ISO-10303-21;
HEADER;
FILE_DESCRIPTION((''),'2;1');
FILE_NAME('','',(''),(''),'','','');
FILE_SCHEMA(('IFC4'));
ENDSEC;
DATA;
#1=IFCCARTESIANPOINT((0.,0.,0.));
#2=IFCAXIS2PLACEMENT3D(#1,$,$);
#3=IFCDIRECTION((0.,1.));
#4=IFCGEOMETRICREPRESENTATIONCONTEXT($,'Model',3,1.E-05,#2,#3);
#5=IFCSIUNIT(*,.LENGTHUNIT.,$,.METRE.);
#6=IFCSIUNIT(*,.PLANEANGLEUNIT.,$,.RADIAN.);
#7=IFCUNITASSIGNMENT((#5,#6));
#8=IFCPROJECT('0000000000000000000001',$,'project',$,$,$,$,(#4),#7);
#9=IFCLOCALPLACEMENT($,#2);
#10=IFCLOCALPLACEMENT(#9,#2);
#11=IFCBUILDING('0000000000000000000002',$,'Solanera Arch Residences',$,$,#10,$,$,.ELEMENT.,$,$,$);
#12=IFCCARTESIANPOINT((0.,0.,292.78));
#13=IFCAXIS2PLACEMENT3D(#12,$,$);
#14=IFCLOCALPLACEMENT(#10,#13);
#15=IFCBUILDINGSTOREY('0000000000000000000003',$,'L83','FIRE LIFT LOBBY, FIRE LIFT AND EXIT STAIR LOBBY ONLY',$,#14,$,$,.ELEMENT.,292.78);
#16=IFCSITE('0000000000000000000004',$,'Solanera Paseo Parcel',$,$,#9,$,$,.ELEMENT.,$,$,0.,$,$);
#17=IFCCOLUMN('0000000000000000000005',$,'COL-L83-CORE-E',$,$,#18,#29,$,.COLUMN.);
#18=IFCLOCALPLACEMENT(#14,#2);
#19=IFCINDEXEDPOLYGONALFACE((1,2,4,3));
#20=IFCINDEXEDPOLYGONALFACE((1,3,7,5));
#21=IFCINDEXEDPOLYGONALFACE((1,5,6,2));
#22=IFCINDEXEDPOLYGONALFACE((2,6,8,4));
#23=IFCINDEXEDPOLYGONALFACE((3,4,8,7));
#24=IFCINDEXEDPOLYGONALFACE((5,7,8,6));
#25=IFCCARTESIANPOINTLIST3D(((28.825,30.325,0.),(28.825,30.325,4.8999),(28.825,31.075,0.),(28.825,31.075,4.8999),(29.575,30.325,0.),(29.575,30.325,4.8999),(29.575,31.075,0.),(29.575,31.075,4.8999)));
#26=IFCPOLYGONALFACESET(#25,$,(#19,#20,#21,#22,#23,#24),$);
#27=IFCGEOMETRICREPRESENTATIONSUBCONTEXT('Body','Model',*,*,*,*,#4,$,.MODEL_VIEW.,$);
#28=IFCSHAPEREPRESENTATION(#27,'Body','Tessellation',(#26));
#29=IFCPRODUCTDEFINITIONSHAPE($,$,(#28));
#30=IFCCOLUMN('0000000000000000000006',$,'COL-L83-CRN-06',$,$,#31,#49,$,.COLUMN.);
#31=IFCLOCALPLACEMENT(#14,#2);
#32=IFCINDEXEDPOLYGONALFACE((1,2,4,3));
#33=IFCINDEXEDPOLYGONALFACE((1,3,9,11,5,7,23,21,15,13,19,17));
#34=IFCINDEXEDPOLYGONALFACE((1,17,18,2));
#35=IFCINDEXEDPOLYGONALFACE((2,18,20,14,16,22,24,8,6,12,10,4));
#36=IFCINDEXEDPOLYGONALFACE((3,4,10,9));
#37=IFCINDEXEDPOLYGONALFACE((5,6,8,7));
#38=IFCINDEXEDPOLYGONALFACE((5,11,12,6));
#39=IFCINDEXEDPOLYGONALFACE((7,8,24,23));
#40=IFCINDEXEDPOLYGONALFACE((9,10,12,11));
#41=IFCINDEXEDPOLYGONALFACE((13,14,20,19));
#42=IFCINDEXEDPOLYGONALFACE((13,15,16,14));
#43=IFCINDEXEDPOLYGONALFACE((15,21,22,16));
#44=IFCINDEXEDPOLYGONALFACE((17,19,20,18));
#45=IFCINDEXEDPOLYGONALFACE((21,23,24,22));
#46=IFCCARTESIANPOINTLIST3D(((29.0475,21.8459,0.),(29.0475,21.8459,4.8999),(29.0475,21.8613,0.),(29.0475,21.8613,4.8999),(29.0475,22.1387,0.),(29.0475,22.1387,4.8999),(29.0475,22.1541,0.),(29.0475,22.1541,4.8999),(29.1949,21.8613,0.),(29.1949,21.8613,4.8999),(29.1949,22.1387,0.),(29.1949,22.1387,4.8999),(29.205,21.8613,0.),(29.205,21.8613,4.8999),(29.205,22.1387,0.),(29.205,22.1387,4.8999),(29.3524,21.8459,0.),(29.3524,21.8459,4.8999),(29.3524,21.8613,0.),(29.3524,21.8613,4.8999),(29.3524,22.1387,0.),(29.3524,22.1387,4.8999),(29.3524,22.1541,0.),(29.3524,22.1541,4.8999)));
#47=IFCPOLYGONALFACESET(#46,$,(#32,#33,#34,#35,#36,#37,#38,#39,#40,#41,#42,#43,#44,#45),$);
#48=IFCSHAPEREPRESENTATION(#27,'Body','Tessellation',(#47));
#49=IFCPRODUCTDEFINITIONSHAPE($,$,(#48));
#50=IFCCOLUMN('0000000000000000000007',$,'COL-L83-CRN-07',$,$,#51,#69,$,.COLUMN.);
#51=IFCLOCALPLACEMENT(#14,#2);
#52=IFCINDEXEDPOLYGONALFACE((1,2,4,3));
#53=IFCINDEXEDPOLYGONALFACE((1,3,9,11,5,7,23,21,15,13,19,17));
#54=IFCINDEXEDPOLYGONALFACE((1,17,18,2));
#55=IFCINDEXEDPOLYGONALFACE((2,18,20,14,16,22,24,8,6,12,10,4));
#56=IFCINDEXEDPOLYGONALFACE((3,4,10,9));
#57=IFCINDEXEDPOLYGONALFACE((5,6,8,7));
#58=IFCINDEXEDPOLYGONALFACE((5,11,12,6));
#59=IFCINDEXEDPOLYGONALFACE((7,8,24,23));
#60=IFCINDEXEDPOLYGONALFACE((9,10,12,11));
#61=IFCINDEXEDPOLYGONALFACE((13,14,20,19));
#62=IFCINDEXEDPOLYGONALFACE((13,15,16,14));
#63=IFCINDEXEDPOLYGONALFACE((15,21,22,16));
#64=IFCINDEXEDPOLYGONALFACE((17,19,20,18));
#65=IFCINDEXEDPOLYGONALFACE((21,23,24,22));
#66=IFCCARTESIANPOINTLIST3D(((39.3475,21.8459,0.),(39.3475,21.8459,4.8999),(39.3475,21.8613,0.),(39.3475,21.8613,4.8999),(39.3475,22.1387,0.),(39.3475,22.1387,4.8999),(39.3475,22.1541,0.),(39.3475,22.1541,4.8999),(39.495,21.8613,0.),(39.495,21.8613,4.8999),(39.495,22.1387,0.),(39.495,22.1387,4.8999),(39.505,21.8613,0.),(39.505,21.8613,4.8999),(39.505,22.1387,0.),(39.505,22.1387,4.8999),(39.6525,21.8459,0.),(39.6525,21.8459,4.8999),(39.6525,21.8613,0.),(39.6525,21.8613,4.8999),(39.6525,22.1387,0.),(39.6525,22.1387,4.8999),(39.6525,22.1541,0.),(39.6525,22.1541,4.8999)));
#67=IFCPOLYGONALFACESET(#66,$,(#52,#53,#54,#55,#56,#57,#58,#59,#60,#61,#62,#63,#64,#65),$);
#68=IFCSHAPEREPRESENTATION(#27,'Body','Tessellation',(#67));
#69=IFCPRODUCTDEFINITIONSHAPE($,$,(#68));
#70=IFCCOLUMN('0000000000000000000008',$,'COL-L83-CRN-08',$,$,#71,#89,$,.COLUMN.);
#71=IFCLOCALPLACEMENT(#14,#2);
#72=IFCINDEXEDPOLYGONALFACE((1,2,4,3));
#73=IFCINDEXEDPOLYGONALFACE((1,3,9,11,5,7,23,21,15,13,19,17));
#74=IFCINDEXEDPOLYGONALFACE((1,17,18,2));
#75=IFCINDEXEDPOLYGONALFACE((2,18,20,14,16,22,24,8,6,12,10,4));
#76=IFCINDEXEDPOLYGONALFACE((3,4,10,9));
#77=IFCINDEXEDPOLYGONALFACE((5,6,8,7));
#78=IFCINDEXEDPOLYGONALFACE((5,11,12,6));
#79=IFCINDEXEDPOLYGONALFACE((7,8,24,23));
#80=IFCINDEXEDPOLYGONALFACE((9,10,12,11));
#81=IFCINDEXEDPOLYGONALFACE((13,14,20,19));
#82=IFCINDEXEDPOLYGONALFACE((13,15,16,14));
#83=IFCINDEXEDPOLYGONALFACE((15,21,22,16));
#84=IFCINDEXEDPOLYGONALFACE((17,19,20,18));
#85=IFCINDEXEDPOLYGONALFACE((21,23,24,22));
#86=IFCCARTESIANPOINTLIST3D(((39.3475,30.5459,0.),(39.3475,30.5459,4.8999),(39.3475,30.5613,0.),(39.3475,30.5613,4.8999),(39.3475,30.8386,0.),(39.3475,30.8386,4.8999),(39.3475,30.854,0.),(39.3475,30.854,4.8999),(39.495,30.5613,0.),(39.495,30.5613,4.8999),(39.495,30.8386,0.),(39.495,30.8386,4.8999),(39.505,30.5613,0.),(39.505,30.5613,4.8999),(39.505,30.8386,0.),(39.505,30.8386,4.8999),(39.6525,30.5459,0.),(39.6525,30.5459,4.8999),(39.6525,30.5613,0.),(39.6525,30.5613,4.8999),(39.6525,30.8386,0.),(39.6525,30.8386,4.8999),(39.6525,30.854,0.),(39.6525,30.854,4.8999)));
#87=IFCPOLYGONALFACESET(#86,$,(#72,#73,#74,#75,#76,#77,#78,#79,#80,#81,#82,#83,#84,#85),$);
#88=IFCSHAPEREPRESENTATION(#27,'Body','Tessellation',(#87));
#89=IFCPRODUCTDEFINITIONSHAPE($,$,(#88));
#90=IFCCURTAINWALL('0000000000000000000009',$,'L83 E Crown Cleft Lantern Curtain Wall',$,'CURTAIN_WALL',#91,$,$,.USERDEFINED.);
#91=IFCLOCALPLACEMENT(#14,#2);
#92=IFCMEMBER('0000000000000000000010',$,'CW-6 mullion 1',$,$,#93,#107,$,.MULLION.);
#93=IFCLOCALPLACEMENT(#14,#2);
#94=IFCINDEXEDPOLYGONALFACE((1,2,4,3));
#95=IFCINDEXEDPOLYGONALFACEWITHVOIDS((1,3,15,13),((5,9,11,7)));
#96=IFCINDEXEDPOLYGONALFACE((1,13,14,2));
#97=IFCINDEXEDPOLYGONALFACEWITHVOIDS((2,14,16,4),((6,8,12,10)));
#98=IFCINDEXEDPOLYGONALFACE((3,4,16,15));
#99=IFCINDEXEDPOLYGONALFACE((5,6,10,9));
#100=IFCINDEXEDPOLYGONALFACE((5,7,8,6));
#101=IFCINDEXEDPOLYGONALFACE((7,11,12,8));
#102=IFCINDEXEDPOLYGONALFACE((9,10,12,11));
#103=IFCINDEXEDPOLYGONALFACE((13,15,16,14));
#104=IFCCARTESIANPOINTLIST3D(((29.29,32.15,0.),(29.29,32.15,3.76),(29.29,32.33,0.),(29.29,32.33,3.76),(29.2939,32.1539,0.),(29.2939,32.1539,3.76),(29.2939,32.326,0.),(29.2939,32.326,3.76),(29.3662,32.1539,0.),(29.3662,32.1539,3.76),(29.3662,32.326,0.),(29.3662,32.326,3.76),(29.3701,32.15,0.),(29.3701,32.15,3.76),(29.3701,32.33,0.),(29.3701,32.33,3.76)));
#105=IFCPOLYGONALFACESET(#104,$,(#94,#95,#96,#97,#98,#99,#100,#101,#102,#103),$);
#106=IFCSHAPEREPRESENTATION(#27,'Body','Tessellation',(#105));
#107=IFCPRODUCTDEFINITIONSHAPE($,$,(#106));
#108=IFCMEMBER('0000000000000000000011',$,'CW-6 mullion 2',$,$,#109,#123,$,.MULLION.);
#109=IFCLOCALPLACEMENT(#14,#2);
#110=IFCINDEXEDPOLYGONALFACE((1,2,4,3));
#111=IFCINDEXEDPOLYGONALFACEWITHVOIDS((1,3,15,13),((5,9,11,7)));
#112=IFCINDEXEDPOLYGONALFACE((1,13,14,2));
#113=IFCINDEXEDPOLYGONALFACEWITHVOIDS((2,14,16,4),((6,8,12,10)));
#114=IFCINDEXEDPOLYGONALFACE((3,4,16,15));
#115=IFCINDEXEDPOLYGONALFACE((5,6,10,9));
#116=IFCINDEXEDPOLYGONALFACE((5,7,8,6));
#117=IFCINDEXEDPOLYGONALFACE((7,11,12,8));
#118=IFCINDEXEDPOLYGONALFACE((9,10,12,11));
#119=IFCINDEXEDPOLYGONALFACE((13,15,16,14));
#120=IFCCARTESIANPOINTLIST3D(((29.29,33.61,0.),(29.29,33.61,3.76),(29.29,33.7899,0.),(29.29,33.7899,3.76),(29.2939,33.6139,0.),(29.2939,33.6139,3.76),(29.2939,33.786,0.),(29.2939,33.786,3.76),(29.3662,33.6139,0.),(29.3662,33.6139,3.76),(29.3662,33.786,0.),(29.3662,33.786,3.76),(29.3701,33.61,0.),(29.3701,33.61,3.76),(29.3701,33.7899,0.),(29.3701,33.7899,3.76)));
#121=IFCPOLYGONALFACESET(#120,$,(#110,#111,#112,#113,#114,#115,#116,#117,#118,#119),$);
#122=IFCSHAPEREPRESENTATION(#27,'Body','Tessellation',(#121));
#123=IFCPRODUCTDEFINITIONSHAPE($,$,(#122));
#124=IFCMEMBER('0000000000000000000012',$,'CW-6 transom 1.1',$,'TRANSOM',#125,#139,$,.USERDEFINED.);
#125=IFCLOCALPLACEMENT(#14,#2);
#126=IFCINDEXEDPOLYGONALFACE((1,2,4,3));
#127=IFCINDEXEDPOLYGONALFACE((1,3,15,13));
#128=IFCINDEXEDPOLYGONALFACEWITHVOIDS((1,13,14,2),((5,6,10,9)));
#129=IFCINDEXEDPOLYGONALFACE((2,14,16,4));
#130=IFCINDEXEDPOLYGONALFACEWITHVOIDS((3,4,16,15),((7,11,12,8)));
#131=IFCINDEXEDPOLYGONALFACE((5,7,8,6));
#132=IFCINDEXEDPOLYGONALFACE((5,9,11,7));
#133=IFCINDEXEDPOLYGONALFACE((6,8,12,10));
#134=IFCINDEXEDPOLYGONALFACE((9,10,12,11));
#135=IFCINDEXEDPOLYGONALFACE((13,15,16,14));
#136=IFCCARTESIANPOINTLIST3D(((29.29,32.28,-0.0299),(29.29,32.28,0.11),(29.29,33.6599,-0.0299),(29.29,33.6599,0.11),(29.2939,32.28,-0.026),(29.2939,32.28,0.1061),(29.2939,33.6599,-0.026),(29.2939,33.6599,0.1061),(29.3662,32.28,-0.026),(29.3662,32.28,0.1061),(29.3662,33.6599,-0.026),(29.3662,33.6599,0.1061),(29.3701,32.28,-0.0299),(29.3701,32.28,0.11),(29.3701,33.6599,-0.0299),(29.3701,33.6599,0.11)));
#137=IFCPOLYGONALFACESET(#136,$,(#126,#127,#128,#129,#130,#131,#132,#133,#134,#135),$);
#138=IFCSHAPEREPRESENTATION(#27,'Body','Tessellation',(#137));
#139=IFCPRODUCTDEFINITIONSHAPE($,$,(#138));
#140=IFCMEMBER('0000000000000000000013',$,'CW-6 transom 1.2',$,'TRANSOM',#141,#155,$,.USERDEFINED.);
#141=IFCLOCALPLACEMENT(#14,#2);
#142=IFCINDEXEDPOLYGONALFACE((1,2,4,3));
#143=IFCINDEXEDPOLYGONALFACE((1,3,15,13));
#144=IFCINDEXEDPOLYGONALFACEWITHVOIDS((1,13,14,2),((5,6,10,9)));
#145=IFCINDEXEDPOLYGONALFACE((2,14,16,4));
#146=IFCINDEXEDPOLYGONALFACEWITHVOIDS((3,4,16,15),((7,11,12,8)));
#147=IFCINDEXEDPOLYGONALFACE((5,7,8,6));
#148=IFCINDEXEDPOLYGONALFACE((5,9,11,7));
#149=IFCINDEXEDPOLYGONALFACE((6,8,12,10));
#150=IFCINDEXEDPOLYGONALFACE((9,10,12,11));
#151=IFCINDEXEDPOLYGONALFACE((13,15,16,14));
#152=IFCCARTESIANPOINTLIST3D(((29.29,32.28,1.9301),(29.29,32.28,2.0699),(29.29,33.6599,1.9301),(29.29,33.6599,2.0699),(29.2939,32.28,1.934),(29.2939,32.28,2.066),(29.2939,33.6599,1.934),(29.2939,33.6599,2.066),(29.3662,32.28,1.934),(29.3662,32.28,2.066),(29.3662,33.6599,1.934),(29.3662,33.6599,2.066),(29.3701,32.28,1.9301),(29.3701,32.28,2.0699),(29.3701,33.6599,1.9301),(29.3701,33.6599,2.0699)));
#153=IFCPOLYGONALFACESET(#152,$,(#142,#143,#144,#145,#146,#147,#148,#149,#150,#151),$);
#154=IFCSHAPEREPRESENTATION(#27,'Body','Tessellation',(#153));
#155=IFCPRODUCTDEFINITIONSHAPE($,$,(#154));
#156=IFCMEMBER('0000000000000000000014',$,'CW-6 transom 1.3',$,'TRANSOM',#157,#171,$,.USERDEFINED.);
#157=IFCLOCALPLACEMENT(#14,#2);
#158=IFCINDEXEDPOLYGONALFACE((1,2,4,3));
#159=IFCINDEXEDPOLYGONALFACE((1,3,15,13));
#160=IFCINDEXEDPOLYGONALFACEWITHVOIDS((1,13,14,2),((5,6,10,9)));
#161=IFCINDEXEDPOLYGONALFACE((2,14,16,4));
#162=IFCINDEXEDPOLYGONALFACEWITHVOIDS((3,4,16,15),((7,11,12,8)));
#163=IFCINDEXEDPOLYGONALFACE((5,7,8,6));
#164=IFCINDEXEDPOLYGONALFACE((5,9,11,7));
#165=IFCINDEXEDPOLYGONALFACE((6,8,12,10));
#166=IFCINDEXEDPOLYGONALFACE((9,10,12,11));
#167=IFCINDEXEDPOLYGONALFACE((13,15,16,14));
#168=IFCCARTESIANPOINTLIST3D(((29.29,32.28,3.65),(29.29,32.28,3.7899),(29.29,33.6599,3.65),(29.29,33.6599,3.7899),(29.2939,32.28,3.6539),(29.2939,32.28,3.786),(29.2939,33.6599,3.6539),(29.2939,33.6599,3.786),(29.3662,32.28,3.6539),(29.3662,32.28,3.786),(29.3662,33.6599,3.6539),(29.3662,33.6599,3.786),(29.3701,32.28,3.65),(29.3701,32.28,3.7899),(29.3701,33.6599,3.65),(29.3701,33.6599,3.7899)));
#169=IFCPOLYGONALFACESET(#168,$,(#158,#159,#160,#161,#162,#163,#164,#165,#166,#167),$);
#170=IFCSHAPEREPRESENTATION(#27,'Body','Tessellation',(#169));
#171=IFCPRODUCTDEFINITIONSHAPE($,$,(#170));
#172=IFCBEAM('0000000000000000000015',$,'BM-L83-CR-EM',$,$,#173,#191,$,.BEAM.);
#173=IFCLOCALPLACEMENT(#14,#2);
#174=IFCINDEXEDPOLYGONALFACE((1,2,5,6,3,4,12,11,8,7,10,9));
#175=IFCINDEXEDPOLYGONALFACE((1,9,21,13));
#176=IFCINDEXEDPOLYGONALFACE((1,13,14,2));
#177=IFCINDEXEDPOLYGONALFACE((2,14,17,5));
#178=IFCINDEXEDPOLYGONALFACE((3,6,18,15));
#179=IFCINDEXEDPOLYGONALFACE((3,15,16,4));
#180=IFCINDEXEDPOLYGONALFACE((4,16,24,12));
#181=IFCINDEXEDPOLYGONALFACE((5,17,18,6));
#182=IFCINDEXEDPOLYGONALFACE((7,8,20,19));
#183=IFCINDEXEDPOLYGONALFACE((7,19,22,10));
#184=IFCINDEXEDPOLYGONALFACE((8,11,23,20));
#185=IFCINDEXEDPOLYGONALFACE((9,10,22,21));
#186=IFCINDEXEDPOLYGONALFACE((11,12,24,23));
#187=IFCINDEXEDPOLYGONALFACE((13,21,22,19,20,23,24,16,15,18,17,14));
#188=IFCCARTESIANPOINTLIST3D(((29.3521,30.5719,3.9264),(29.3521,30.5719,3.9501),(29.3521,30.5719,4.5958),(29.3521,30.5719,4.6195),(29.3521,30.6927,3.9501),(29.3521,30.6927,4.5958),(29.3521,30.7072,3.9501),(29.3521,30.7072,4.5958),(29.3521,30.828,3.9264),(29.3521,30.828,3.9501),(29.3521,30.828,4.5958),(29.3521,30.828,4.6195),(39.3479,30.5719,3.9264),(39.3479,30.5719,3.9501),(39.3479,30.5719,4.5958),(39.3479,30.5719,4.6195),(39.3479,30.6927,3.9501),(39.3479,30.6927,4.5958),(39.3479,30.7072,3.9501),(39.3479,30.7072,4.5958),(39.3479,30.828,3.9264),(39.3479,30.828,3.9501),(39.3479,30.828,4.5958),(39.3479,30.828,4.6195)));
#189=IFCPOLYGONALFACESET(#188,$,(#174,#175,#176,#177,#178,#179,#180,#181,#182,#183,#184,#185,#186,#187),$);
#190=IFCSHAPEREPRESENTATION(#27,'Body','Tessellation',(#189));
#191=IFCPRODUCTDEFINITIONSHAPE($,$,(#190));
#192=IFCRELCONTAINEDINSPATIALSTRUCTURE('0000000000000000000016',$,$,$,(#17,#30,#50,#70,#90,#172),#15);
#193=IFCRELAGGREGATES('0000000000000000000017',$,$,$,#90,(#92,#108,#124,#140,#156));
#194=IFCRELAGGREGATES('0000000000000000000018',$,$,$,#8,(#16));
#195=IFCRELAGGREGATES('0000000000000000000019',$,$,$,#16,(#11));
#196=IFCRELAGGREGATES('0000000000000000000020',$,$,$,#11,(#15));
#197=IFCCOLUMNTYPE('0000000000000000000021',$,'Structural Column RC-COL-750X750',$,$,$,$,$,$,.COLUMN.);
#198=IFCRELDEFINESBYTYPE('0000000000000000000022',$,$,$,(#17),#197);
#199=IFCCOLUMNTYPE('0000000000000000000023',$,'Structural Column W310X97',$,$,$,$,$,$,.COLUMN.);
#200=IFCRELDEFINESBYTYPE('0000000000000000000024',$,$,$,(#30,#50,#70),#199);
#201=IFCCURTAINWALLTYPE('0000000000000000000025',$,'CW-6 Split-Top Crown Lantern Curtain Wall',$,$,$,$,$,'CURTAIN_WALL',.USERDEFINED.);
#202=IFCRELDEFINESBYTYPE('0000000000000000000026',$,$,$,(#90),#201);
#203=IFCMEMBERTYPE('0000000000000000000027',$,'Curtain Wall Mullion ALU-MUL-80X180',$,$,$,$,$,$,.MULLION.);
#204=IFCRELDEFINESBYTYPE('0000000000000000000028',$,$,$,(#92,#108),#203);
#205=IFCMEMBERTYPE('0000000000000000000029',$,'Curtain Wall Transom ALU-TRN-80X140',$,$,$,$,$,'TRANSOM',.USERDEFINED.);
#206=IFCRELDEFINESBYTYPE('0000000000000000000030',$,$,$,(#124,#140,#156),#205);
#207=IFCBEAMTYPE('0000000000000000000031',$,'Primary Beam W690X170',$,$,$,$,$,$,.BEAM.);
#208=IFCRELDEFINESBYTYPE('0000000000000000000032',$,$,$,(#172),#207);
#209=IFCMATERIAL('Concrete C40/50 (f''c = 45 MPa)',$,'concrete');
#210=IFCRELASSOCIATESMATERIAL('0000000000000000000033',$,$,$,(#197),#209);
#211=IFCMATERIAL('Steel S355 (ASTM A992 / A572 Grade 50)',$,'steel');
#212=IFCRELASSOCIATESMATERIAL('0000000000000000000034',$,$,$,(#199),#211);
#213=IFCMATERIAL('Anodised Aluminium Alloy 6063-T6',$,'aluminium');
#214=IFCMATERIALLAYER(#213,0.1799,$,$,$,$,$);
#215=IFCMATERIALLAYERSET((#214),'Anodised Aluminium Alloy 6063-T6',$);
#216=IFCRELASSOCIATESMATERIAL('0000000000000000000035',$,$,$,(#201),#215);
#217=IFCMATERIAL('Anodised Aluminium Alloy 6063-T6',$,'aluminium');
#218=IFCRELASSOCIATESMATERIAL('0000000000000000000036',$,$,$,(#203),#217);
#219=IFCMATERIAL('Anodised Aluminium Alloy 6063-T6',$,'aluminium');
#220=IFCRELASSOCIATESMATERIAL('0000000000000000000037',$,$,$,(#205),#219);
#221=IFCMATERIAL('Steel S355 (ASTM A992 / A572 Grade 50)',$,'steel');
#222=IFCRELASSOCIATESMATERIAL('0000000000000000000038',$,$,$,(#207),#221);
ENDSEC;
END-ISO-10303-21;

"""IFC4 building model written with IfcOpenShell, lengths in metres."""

from ifc_helpers import new_model, si_unit, direction, frame, origin, origin_2d, place, context, subcontext, project, spatial, rectangle, hollow_rectangle, i_section, extrude, material, layer, layer_set, material_profile, profile_set, type_object, element, aggregate, save


model = new_model("IFC4")

# Units and contexts
model_context = context("Model", 3, precision=1e-05, world=origin(), true_north=direction((0.0, 1.0)))
body_context = subcontext(model_context, "Body", "Model", "MODEL_VIEW")
ifc_project = project(units=[si_unit("LENGTHUNIT", "METRE"), si_unit("PLANEANGLEUNIT", "RADIAN")], contexts=[model_context])

# Site, building, storey
site_placement = place(None, origin())
site = spatial("IfcSite", under=ifc_project, at=site_placement, Name="Solanera Paseo Parcel", CompositionType="ELEMENT", RefElevation=0.0)
building_placement = place(site_placement, origin())
building = spatial("IfcBuilding", under=site, at=building_placement, Name="Solanera Arch Residences", CompositionType="ELEMENT")
storey_placement = place(building_placement, frame((0.0, 0.0, 292.78)))
storey = spatial("IfcBuildingStorey", under=building, at=storey_placement, Name="L83", Description="FIRE LIFT LOBBY, FIRE LIFT AND EXIT STAIR LOBBY ONLY", CompositionType="ELEMENT", Elevation=292.78)

# Columns
ifc_material_1 = material(Name="Concrete C40/50 (f'c = 45 MPa)", Category="concrete")
ifc_material_profile_1 = material_profile(ifc_material_1, rectangle(XDim=0.75, YDim=0.75, at=origin_2d()))
ifc_profile_set_1 = profile_set([ifc_material_profile_1], Name="Concrete C40/50 (f'c = 45 MPa)")
column_type_1 = type_object("IfcColumnType", Name="Structural Column RC-COL-750X750", PredefinedType="COLUMN", material=ifc_profile_set_1)
column_placement = place(storey_placement, frame((29.2, 30.7, 0.0), z_axis=(0.0, 0.0, 1.0), x_axis=(1.0, 0.0, 0.0)))
element("IfcColumn", 1, at=column_placement, inside=storey, type_object=column_type_1, Name="COL-L83-CORE-E", PredefinedType="COLUMN", context=body_context, shape_type="SweptSolid", body=[
    extrude(rectangle(XDim=0.75, YDim=0.75, at=origin_2d()), origin(), (0.0, 0.0, 1.0), 4.8999),
])
ifc_material_2 = material(Name="Steel S355 (ASTM A992 / A572 Grade 50)", Category="steel")
ifc_material_profile_2 = material_profile(ifc_material_2, i_section(OverallWidth=0.3049, OverallDepth=0.3081, WebThickness=0.01, FlangeThickness=0.0154, at=origin_2d()))
ifc_profile_set_2 = profile_set([ifc_material_profile_2], Name="Steel S355 (ASTM A992 / A572 Grade 50)")
column_type_2 = type_object("IfcColumnType", Name="Structural Column W310X97", PredefinedType="COLUMN", material=ifc_profile_set_2)
for number, where, z_axis, x_axis, name in (
    (2, (29.2, 22.0, 0.0), (0.0, 0.0, 1.0), (1.0, 0.0, 0.0), "COL-L83-CRN-06"),
    (3, (39.5, 22.0, 0.0), (0.0, 0.0, 1.0), (1.0, 0.0, 0.0), "COL-L83-CRN-07"),
    (4, (39.5, 30.7, 0.0), (0.0, 0.0, 1.0), (1.0, 0.0, 0.0), "COL-L83-CRN-08"),
):
    element("IfcColumn", number, at=place(storey_placement, frame(where, z_axis=z_axis, x_axis=x_axis)), inside=storey, type_object=column_type_2, Name=name, PredefinedType="COLUMN", context=body_context, shape_type="SweptSolid", body=[
        extrude(i_section(OverallWidth=0.3049, OverallDepth=0.3081, WebThickness=0.01, FlangeThickness=0.0154, at=origin_2d()), origin(), (0.0, 0.0, 1.0), 4.8999),
    ])

# Curtain wall, members
ifc_material_3 = material(Name="Anodised Aluminium Alloy 6063-T6", Category="aluminium")
ifc_layer_1 = layer(ifc_material_3, 0.1799)
ifc_layer_set_1 = layer_set([ifc_layer_1], Name="Anodised Aluminium Alloy 6063-T6")
curtain_wall_type = type_object("IfcCurtainWallType", Name="CW-6 Split-Top Crown Lantern Curtain Wall", ElementType="CURTAIN_WALL", PredefinedType="USERDEFINED", material=ifc_layer_set_1)
curtain_wall_placement = place(storey_placement, origin())
curtain_wall = element("IfcCurtainWall", 5, at=curtain_wall_placement, inside=storey, type_object=curtain_wall_type, Name="L83 E Crown Cleft Lantern Curtain Wall", ObjectType="CURTAIN_WALL", PredefinedType="USERDEFINED")
ifc_material_4 = material(Name="Anodised Aluminium Alloy 6063-T6", Category="aluminium")
ifc_material_profile_3 = material_profile(ifc_material_4, hollow_rectangle(XDim=0.0801, YDim=0.1799, WallThickness=0.0039, at=origin_2d()))
ifc_profile_set_3 = profile_set([ifc_material_profile_3], Name="Anodised Aluminium Alloy 6063-T6")
member_type_1 = type_object("IfcMemberType", Name="Curtain Wall Mullion ALU-MUL-80X180", PredefinedType="MULLION", material=ifc_profile_set_3)
member_1_placement = place(storey_placement, frame((29.3301, 32.24, 0.0), z_axis=(0.0, 0.0, 1.0), x_axis=(-1.0, 0.0, 0.0)))
member_1 = element("IfcMember", 6, at=member_1_placement, type_object=member_type_1, Name="CW-6 mullion 1", PredefinedType="MULLION", context=body_context, shape_type="SweptSolid", body=[
    extrude(hollow_rectangle(XDim=0.0801, YDim=0.1799, WallThickness=0.0039, at=origin_2d()), origin(), (0.0, 0.0, 1.0), 3.76),
])
member_2_placement = place(storey_placement, frame((29.3301, 33.7, 0.0), z_axis=(0.0, 0.0, 1.0), x_axis=(-1.0, 0.0, 0.0)))
member_2 = element("IfcMember", 7, at=member_2_placement, type_object=member_type_1, Name="CW-6 mullion 2", PredefinedType="MULLION", context=body_context, shape_type="SweptSolid", body=[
    extrude(hollow_rectangle(XDim=0.0801, YDim=0.1799, WallThickness=0.0039, at=origin_2d()), origin(), (0.0, 0.0, 1.0), 3.76),
])
ifc_material_5 = material(Name="Anodised Aluminium Alloy 6063-T6", Category="aluminium")
ifc_material_profile_4 = material_profile(ifc_material_5, hollow_rectangle(XDim=0.0801, YDim=0.1399, WallThickness=0.0039, at=origin_2d()))
ifc_profile_set_4 = profile_set([ifc_material_profile_4], Name="Anodised Aluminium Alloy 6063-T6")
member_type_2 = type_object("IfcMemberType", Name="Curtain Wall Transom ALU-TRN-80X140", ElementType="TRANSOM", PredefinedType="USERDEFINED", material=ifc_profile_set_4)
member_3_placement = place(storey_placement, frame((29.3301, 32.28, 0.04), z_axis=(0.0, 1.0, 0.0), x_axis=(-1.0, 0.0, 0.0)))
member_3 = element("IfcMember", 8, at=member_3_placement, type_object=member_type_2, Name="CW-6 transom 1.1", ObjectType="TRANSOM", PredefinedType="USERDEFINED", context=body_context, shape_type="SweptSolid", body=[
    extrude(hollow_rectangle(XDim=0.0801, YDim=0.1399, WallThickness=0.0039, at=origin_2d()), origin(), (0.0, 0.0, 1.0), 1.3799),
])
member_4_placement = place(storey_placement, frame((29.3301, 32.28, 2.0), z_axis=(0.0, 1.0, 0.0), x_axis=(-1.0, 0.0, 0.0)))
member_4 = element("IfcMember", 9, at=member_4_placement, type_object=member_type_2, Name="CW-6 transom 1.2", ObjectType="TRANSOM", PredefinedType="USERDEFINED", context=body_context, shape_type="SweptSolid", body=[
    extrude(hollow_rectangle(XDim=0.0801, YDim=0.1399, WallThickness=0.0039, at=origin_2d()), origin(), (0.0, 0.0, 1.0), 1.3799),
])
member_5_placement = place(storey_placement, frame((29.3301, 32.28, 3.72), z_axis=(0.0, 1.0, 0.0), x_axis=(-1.0, 0.0, 0.0)))
member_5 = element("IfcMember", 10, at=member_5_placement, type_object=member_type_2, Name="CW-6 transom 1.3", ObjectType="TRANSOM", PredefinedType="USERDEFINED", context=body_context, shape_type="SweptSolid", body=[
    extrude(hollow_rectangle(XDim=0.0801, YDim=0.1399, WallThickness=0.0039, at=origin_2d()), origin(), (0.0, 0.0, 1.0), 1.3799),
])

# Beam
ifc_material_6 = material(Name="Steel S355 (ASTM A992 / A572 Grade 50)", Category="steel")
ifc_material_profile_5 = material_profile(ifc_material_6, i_section(OverallWidth=0.2561, OverallDepth=0.6931, WebThickness=0.0144, FlangeThickness=0.0237, at=origin_2d()))
ifc_profile_set_5 = profile_set([ifc_material_profile_5], Name="Steel S355 (ASTM A992 / A572 Grade 50)")
beam_type_1 = type_object("IfcBeamType", Name="Primary Beam W690X170", PredefinedType="BEAM", material=ifc_profile_set_5)
beam_1_placement = place(storey_placement, frame((29.3521, 30.7, 4.2729), z_axis=(1.0, 0.0, 0.0), x_axis=(0.0, 1.0, 0.0)))
element("IfcBeam", 11, at=beam_1_placement, inside=storey, type_object=beam_type_1, Name="BM-L83-CR-EM", PredefinedType="BEAM", context=body_context, shape_type="SweptSolid", body=[
    extrude(i_section(OverallWidth=0.2561, OverallDepth=0.6931, WebThickness=0.0144, FlangeThickness=0.0237, at=origin_2d()), origin(), (0.0, 0.0, 1.0), 9.9958),
])

aggregate(curtain_wall, [member_1, member_2, member_3, member_4, member_5])

save(model, "model.ifc")
